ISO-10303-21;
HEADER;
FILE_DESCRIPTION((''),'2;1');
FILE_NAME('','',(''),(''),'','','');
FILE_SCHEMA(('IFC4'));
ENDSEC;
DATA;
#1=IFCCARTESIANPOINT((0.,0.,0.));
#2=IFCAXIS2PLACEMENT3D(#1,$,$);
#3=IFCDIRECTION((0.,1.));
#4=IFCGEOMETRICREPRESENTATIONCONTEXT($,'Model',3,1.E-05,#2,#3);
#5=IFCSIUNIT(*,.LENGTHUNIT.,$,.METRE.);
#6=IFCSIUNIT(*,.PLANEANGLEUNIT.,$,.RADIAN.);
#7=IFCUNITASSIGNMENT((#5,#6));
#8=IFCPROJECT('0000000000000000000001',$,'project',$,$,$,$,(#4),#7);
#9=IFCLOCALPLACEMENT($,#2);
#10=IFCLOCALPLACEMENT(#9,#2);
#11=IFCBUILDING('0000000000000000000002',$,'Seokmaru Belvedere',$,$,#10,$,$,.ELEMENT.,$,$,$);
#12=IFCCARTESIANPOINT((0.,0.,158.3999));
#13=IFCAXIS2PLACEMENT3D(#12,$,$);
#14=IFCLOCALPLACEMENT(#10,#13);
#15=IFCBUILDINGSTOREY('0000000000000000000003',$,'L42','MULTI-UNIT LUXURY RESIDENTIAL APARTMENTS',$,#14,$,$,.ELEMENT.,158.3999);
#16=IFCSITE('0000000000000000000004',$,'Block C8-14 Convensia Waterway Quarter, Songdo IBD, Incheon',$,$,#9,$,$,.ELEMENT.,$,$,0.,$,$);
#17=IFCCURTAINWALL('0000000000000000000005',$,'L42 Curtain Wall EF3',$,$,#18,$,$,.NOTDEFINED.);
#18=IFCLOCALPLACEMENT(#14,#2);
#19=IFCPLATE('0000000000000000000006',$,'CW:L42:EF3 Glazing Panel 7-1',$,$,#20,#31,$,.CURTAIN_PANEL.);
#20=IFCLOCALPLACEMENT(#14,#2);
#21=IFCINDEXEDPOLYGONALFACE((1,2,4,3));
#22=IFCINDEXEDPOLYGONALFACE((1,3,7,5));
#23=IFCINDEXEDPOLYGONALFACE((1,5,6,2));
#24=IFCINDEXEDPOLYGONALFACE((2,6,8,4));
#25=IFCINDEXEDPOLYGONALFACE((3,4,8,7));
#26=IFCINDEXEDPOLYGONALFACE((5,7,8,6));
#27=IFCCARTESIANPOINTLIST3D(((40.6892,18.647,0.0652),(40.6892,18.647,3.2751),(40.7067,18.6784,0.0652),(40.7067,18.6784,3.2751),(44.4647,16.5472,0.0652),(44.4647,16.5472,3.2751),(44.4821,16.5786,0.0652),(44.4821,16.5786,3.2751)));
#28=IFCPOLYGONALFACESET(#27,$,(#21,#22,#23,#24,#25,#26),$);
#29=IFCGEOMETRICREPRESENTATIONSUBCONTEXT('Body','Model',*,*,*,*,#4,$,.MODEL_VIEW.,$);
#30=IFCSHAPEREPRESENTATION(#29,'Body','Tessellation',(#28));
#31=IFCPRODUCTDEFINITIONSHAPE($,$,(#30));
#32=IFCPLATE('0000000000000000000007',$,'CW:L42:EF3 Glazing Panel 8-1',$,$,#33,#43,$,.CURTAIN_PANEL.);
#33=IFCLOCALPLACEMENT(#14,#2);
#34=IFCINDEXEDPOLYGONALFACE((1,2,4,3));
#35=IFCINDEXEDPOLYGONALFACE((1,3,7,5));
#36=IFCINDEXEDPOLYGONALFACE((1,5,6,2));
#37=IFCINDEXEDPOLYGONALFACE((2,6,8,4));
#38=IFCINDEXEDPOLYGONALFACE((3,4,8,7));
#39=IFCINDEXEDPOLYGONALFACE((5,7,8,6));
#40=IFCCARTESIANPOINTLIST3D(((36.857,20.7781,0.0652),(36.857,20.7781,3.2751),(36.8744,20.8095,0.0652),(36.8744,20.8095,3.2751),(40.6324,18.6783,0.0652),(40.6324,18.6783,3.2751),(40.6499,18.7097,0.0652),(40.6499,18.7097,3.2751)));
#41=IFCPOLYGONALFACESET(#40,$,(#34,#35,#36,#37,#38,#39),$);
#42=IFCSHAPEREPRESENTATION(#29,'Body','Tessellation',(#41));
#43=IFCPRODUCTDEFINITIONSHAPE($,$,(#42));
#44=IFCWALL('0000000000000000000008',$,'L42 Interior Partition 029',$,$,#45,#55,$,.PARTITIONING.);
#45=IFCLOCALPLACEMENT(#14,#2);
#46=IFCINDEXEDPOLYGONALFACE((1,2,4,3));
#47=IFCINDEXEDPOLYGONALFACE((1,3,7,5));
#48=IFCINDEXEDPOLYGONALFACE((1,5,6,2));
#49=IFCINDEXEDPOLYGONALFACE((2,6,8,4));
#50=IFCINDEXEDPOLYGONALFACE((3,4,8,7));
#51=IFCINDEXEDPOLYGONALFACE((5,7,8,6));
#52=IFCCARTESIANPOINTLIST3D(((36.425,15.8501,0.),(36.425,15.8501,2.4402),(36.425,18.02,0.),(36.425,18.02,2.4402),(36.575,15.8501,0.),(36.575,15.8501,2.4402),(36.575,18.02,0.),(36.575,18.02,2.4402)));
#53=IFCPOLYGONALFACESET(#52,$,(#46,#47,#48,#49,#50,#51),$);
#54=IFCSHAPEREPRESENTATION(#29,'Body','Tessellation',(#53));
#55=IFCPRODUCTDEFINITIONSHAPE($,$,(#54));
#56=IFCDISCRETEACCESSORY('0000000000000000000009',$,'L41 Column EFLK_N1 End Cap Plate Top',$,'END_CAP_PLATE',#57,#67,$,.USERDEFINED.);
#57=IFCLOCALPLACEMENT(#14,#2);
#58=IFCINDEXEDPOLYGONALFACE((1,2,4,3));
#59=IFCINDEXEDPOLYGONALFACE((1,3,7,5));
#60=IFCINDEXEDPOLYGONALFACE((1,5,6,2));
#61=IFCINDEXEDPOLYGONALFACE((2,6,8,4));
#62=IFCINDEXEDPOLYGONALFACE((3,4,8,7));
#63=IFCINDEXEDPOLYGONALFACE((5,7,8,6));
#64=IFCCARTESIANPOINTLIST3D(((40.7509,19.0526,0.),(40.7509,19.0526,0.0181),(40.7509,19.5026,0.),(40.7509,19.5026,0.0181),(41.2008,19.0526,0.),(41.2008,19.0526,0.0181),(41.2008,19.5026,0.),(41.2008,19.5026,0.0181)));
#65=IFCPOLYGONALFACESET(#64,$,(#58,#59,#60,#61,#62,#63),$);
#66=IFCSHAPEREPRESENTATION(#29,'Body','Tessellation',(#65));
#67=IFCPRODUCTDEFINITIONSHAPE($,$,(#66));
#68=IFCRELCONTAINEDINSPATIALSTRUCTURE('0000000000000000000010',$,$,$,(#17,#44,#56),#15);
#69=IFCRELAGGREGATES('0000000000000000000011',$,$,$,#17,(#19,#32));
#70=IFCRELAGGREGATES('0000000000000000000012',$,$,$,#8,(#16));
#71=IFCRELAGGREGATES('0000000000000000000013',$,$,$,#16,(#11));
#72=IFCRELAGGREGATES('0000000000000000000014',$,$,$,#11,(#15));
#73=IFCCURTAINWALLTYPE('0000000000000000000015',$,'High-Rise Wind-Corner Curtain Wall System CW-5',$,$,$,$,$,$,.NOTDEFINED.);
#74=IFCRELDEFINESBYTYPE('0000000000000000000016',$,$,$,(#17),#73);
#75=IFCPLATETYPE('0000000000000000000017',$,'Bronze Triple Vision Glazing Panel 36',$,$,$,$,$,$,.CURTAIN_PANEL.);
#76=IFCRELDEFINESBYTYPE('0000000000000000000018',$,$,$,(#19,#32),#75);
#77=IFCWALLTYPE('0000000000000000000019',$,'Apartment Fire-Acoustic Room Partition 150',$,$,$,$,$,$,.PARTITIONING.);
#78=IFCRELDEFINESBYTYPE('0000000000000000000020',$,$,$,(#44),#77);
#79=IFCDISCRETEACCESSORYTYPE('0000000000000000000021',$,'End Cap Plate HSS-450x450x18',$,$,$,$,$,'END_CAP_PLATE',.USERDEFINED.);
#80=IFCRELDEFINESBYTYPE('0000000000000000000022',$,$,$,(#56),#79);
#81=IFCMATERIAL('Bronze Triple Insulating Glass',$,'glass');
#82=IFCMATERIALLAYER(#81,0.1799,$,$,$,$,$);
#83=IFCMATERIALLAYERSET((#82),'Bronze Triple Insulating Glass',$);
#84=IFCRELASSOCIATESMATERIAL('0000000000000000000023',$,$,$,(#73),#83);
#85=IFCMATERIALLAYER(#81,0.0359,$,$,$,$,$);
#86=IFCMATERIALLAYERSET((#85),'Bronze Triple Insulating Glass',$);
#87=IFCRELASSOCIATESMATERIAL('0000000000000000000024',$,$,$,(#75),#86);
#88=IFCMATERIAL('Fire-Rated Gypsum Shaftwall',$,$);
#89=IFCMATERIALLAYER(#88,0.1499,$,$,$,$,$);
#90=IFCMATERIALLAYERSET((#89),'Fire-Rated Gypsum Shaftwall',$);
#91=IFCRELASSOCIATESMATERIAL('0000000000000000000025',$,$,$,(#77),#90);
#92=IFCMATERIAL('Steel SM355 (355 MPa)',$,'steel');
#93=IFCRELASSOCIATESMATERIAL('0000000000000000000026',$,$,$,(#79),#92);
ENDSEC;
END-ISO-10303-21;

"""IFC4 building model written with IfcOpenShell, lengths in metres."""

from ifc_helpers import new_model, si_unit, direction, frame, frame_2d, origin, origin_2d, place, context, subcontext, project, spatial, rectangle, extrude, source, transform, mapped, material, layer, layer_set, type_object, type_shapes, element, aggregate, save


model = new_model("IFC4")

# Units and contexts
model_context = context("Model", 3, precision=1e-05, world=origin(), true_north=direction((0.0, 1.0)))
body_context = subcontext(model_context, "Body", "Model", "MODEL_VIEW")
ifc_project = project(units=[si_unit("LENGTHUNIT", "METRE"), si_unit("PLANEANGLEUNIT", "RADIAN")], contexts=[model_context])

# Site, building, storey
site_placement = place(None, origin())
site = spatial("IfcSite", under=ifc_project, at=site_placement, Name="Block C8-14 Convensia Waterway Quarter, Songdo IBD, Incheon", CompositionType="ELEMENT", RefElevation=0.0)
building_placement = place(site_placement, origin())
building = spatial("IfcBuilding", under=site, at=building_placement, Name="Seokmaru Belvedere", CompositionType="ELEMENT")
storey_placement = place(building_placement, frame((0.0, 0.0, 158.3999)))
storey = spatial("IfcBuildingStorey", under=building, at=storey_placement, Name="L42", Description="MULTI-UNIT LUXURY RESIDENTIAL APARTMENTS", CompositionType="ELEMENT", Elevation=158.3999)

# Shared definitions
ifc_material_1 = material(Name="Steel SM355 (355 MPa)", Category="steel")

# Curtain wall, plates
ifc_material_2 = material(Name="Bronze Triple Insulating Glass", Category="glass")
ifc_layer_1 = layer(ifc_material_2, 0.1799)
ifc_layer_set_1 = layer_set([ifc_layer_1], Name="Bronze Triple Insulating Glass")
curtain_wall_type = type_object("IfcCurtainWallType", Name="High-Rise Wind-Corner Curtain Wall System CW-5", PredefinedType="NOTDEFINED", material=ifc_layer_set_1)
curtain_wall_placement = place(storey_placement, origin())
curtain_wall = element("IfcCurtainWall", 1, at=curtain_wall_placement, inside=storey, type_object=curtain_wall_type, Name="L42 Curtain Wall EF3", PredefinedType="NOTDEFINED")
ifc_layer_2 = layer(ifc_material_2, 0.0359)
ifc_layer_set_2 = layer_set([ifc_layer_2], Name="Bronze Triple Insulating Glass")
plate_type = type_object("IfcPlateType", Name="Bronze Triple Vision Glazing Panel 36", PredefinedType="CURTAIN_PANEL", material=ifc_layer_set_2)
shared_shape_1 = source(origin(), body_context, "Body", "SweptSolid", [
    extrude(rectangle(XDim=4.3201, YDim=0.0359, at=origin_2d()), origin(), (0.0, 0.0, 1.0), 3.21),
])
type_shapes(plate_type, [shared_shape_1])
plate_1_placement = place(storey_placement, frame((42.5857, 17.6128, 0.0652), z_axis=(0.0, 0.0, 1.0), x_axis=(-0.873933, 0.486047, 0.0)))
plate_1 = element("IfcPlate", 2, at=plate_1_placement, type_object=plate_type, Name="CW:L42:EF3 Glazing Panel 7-1", PredefinedType="CURTAIN_PANEL", context=body_context, shape_type="MappedRepresentation", body=[
    mapped(shared_shape_1, transform((0.0, 0.0, 0.0), scale=1.0)),
])
plate_2_placement = place(storey_placement, frame((38.7534, 19.7439, 0.0652), z_axis=(0.0, 0.0, 1.0), x_axis=(-0.873933, 0.486047, 0.0)))
plate_2 = element("IfcPlate", 3, at=plate_2_placement, type_object=plate_type, Name="CW:L42:EF3 Glazing Panel 8-1", PredefinedType="CURTAIN_PANEL", context=body_context, shape_type="MappedRepresentation", body=[
    mapped(shared_shape_1, transform((0.0, 0.0, 0.0), scale=1.0)),
])
aggregate(curtain_wall, [plate_1, plate_2])

# Wall
ifc_material_3 = material(Name="Fire-Rated Gypsum Shaftwall")
ifc_layer_3 = layer(ifc_material_3, 0.1499)
ifc_layer_set_3 = layer_set([ifc_layer_3], Name="Fire-Rated Gypsum Shaftwall")
wall_type_1 = type_object("IfcWallType", Name="Apartment Fire-Acoustic Room Partition 150", PredefinedType="PARTITIONING", material=ifc_layer_set_3)
wall_1_placement = place(storey_placement, frame((36.5, 15.8501, 0.0), z_axis=(0.0, 0.0, 1.0), x_axis=(0.0, 1.0, 0.0)))
element("IfcWall", 4, at=wall_1_placement, inside=storey, type_object=wall_type_1, Name="L42 Interior Partition 029", PredefinedType="PARTITIONING", context=body_context, shape_type="SweptSolid", body=[
    extrude(rectangle(XDim=2.1699, YDim=0.1499, at=frame_2d((1.085, 0.0))), origin(), (0.0, 0.0, 1.0), 2.4402),
])

# Discrete accessory
discrete_accessory_type = type_object("IfcDiscreteAccessoryType", Name="End Cap Plate HSS-450x450x18", ElementType="END_CAP_PLATE", PredefinedType="USERDEFINED", material=ifc_material_1)
shared_shape_2 = source(origin(), body_context, "Body", "SweptSolid", [
    extrude(rectangle(XDim=0.45, YDim=0.45, at=origin_2d()), origin(), (0.0, 0.0, 1.0), 0.0181),
])
type_shapes(discrete_accessory_type, [shared_shape_2])
discrete_accessory_placement = place(storey_placement, frame((40.9758, 19.2776, 0.0), z_axis=(0.0, 0.0, 1.0), x_axis=(1.0, 0.0, 0.0)))
element("IfcDiscreteAccessory", 5, at=discrete_accessory_placement, inside=storey, type_object=discrete_accessory_type, Name="L41 Column EFLK_N1 End Cap Plate Top", ObjectType="END_CAP_PLATE", PredefinedType="USERDEFINED", context=body_context, shape_type="MappedRepresentation", body=[
    mapped(shared_shape_2, transform((0.0, 0.0, 0.0), scale=1.0)),
])

save(model, "model.ifc")
